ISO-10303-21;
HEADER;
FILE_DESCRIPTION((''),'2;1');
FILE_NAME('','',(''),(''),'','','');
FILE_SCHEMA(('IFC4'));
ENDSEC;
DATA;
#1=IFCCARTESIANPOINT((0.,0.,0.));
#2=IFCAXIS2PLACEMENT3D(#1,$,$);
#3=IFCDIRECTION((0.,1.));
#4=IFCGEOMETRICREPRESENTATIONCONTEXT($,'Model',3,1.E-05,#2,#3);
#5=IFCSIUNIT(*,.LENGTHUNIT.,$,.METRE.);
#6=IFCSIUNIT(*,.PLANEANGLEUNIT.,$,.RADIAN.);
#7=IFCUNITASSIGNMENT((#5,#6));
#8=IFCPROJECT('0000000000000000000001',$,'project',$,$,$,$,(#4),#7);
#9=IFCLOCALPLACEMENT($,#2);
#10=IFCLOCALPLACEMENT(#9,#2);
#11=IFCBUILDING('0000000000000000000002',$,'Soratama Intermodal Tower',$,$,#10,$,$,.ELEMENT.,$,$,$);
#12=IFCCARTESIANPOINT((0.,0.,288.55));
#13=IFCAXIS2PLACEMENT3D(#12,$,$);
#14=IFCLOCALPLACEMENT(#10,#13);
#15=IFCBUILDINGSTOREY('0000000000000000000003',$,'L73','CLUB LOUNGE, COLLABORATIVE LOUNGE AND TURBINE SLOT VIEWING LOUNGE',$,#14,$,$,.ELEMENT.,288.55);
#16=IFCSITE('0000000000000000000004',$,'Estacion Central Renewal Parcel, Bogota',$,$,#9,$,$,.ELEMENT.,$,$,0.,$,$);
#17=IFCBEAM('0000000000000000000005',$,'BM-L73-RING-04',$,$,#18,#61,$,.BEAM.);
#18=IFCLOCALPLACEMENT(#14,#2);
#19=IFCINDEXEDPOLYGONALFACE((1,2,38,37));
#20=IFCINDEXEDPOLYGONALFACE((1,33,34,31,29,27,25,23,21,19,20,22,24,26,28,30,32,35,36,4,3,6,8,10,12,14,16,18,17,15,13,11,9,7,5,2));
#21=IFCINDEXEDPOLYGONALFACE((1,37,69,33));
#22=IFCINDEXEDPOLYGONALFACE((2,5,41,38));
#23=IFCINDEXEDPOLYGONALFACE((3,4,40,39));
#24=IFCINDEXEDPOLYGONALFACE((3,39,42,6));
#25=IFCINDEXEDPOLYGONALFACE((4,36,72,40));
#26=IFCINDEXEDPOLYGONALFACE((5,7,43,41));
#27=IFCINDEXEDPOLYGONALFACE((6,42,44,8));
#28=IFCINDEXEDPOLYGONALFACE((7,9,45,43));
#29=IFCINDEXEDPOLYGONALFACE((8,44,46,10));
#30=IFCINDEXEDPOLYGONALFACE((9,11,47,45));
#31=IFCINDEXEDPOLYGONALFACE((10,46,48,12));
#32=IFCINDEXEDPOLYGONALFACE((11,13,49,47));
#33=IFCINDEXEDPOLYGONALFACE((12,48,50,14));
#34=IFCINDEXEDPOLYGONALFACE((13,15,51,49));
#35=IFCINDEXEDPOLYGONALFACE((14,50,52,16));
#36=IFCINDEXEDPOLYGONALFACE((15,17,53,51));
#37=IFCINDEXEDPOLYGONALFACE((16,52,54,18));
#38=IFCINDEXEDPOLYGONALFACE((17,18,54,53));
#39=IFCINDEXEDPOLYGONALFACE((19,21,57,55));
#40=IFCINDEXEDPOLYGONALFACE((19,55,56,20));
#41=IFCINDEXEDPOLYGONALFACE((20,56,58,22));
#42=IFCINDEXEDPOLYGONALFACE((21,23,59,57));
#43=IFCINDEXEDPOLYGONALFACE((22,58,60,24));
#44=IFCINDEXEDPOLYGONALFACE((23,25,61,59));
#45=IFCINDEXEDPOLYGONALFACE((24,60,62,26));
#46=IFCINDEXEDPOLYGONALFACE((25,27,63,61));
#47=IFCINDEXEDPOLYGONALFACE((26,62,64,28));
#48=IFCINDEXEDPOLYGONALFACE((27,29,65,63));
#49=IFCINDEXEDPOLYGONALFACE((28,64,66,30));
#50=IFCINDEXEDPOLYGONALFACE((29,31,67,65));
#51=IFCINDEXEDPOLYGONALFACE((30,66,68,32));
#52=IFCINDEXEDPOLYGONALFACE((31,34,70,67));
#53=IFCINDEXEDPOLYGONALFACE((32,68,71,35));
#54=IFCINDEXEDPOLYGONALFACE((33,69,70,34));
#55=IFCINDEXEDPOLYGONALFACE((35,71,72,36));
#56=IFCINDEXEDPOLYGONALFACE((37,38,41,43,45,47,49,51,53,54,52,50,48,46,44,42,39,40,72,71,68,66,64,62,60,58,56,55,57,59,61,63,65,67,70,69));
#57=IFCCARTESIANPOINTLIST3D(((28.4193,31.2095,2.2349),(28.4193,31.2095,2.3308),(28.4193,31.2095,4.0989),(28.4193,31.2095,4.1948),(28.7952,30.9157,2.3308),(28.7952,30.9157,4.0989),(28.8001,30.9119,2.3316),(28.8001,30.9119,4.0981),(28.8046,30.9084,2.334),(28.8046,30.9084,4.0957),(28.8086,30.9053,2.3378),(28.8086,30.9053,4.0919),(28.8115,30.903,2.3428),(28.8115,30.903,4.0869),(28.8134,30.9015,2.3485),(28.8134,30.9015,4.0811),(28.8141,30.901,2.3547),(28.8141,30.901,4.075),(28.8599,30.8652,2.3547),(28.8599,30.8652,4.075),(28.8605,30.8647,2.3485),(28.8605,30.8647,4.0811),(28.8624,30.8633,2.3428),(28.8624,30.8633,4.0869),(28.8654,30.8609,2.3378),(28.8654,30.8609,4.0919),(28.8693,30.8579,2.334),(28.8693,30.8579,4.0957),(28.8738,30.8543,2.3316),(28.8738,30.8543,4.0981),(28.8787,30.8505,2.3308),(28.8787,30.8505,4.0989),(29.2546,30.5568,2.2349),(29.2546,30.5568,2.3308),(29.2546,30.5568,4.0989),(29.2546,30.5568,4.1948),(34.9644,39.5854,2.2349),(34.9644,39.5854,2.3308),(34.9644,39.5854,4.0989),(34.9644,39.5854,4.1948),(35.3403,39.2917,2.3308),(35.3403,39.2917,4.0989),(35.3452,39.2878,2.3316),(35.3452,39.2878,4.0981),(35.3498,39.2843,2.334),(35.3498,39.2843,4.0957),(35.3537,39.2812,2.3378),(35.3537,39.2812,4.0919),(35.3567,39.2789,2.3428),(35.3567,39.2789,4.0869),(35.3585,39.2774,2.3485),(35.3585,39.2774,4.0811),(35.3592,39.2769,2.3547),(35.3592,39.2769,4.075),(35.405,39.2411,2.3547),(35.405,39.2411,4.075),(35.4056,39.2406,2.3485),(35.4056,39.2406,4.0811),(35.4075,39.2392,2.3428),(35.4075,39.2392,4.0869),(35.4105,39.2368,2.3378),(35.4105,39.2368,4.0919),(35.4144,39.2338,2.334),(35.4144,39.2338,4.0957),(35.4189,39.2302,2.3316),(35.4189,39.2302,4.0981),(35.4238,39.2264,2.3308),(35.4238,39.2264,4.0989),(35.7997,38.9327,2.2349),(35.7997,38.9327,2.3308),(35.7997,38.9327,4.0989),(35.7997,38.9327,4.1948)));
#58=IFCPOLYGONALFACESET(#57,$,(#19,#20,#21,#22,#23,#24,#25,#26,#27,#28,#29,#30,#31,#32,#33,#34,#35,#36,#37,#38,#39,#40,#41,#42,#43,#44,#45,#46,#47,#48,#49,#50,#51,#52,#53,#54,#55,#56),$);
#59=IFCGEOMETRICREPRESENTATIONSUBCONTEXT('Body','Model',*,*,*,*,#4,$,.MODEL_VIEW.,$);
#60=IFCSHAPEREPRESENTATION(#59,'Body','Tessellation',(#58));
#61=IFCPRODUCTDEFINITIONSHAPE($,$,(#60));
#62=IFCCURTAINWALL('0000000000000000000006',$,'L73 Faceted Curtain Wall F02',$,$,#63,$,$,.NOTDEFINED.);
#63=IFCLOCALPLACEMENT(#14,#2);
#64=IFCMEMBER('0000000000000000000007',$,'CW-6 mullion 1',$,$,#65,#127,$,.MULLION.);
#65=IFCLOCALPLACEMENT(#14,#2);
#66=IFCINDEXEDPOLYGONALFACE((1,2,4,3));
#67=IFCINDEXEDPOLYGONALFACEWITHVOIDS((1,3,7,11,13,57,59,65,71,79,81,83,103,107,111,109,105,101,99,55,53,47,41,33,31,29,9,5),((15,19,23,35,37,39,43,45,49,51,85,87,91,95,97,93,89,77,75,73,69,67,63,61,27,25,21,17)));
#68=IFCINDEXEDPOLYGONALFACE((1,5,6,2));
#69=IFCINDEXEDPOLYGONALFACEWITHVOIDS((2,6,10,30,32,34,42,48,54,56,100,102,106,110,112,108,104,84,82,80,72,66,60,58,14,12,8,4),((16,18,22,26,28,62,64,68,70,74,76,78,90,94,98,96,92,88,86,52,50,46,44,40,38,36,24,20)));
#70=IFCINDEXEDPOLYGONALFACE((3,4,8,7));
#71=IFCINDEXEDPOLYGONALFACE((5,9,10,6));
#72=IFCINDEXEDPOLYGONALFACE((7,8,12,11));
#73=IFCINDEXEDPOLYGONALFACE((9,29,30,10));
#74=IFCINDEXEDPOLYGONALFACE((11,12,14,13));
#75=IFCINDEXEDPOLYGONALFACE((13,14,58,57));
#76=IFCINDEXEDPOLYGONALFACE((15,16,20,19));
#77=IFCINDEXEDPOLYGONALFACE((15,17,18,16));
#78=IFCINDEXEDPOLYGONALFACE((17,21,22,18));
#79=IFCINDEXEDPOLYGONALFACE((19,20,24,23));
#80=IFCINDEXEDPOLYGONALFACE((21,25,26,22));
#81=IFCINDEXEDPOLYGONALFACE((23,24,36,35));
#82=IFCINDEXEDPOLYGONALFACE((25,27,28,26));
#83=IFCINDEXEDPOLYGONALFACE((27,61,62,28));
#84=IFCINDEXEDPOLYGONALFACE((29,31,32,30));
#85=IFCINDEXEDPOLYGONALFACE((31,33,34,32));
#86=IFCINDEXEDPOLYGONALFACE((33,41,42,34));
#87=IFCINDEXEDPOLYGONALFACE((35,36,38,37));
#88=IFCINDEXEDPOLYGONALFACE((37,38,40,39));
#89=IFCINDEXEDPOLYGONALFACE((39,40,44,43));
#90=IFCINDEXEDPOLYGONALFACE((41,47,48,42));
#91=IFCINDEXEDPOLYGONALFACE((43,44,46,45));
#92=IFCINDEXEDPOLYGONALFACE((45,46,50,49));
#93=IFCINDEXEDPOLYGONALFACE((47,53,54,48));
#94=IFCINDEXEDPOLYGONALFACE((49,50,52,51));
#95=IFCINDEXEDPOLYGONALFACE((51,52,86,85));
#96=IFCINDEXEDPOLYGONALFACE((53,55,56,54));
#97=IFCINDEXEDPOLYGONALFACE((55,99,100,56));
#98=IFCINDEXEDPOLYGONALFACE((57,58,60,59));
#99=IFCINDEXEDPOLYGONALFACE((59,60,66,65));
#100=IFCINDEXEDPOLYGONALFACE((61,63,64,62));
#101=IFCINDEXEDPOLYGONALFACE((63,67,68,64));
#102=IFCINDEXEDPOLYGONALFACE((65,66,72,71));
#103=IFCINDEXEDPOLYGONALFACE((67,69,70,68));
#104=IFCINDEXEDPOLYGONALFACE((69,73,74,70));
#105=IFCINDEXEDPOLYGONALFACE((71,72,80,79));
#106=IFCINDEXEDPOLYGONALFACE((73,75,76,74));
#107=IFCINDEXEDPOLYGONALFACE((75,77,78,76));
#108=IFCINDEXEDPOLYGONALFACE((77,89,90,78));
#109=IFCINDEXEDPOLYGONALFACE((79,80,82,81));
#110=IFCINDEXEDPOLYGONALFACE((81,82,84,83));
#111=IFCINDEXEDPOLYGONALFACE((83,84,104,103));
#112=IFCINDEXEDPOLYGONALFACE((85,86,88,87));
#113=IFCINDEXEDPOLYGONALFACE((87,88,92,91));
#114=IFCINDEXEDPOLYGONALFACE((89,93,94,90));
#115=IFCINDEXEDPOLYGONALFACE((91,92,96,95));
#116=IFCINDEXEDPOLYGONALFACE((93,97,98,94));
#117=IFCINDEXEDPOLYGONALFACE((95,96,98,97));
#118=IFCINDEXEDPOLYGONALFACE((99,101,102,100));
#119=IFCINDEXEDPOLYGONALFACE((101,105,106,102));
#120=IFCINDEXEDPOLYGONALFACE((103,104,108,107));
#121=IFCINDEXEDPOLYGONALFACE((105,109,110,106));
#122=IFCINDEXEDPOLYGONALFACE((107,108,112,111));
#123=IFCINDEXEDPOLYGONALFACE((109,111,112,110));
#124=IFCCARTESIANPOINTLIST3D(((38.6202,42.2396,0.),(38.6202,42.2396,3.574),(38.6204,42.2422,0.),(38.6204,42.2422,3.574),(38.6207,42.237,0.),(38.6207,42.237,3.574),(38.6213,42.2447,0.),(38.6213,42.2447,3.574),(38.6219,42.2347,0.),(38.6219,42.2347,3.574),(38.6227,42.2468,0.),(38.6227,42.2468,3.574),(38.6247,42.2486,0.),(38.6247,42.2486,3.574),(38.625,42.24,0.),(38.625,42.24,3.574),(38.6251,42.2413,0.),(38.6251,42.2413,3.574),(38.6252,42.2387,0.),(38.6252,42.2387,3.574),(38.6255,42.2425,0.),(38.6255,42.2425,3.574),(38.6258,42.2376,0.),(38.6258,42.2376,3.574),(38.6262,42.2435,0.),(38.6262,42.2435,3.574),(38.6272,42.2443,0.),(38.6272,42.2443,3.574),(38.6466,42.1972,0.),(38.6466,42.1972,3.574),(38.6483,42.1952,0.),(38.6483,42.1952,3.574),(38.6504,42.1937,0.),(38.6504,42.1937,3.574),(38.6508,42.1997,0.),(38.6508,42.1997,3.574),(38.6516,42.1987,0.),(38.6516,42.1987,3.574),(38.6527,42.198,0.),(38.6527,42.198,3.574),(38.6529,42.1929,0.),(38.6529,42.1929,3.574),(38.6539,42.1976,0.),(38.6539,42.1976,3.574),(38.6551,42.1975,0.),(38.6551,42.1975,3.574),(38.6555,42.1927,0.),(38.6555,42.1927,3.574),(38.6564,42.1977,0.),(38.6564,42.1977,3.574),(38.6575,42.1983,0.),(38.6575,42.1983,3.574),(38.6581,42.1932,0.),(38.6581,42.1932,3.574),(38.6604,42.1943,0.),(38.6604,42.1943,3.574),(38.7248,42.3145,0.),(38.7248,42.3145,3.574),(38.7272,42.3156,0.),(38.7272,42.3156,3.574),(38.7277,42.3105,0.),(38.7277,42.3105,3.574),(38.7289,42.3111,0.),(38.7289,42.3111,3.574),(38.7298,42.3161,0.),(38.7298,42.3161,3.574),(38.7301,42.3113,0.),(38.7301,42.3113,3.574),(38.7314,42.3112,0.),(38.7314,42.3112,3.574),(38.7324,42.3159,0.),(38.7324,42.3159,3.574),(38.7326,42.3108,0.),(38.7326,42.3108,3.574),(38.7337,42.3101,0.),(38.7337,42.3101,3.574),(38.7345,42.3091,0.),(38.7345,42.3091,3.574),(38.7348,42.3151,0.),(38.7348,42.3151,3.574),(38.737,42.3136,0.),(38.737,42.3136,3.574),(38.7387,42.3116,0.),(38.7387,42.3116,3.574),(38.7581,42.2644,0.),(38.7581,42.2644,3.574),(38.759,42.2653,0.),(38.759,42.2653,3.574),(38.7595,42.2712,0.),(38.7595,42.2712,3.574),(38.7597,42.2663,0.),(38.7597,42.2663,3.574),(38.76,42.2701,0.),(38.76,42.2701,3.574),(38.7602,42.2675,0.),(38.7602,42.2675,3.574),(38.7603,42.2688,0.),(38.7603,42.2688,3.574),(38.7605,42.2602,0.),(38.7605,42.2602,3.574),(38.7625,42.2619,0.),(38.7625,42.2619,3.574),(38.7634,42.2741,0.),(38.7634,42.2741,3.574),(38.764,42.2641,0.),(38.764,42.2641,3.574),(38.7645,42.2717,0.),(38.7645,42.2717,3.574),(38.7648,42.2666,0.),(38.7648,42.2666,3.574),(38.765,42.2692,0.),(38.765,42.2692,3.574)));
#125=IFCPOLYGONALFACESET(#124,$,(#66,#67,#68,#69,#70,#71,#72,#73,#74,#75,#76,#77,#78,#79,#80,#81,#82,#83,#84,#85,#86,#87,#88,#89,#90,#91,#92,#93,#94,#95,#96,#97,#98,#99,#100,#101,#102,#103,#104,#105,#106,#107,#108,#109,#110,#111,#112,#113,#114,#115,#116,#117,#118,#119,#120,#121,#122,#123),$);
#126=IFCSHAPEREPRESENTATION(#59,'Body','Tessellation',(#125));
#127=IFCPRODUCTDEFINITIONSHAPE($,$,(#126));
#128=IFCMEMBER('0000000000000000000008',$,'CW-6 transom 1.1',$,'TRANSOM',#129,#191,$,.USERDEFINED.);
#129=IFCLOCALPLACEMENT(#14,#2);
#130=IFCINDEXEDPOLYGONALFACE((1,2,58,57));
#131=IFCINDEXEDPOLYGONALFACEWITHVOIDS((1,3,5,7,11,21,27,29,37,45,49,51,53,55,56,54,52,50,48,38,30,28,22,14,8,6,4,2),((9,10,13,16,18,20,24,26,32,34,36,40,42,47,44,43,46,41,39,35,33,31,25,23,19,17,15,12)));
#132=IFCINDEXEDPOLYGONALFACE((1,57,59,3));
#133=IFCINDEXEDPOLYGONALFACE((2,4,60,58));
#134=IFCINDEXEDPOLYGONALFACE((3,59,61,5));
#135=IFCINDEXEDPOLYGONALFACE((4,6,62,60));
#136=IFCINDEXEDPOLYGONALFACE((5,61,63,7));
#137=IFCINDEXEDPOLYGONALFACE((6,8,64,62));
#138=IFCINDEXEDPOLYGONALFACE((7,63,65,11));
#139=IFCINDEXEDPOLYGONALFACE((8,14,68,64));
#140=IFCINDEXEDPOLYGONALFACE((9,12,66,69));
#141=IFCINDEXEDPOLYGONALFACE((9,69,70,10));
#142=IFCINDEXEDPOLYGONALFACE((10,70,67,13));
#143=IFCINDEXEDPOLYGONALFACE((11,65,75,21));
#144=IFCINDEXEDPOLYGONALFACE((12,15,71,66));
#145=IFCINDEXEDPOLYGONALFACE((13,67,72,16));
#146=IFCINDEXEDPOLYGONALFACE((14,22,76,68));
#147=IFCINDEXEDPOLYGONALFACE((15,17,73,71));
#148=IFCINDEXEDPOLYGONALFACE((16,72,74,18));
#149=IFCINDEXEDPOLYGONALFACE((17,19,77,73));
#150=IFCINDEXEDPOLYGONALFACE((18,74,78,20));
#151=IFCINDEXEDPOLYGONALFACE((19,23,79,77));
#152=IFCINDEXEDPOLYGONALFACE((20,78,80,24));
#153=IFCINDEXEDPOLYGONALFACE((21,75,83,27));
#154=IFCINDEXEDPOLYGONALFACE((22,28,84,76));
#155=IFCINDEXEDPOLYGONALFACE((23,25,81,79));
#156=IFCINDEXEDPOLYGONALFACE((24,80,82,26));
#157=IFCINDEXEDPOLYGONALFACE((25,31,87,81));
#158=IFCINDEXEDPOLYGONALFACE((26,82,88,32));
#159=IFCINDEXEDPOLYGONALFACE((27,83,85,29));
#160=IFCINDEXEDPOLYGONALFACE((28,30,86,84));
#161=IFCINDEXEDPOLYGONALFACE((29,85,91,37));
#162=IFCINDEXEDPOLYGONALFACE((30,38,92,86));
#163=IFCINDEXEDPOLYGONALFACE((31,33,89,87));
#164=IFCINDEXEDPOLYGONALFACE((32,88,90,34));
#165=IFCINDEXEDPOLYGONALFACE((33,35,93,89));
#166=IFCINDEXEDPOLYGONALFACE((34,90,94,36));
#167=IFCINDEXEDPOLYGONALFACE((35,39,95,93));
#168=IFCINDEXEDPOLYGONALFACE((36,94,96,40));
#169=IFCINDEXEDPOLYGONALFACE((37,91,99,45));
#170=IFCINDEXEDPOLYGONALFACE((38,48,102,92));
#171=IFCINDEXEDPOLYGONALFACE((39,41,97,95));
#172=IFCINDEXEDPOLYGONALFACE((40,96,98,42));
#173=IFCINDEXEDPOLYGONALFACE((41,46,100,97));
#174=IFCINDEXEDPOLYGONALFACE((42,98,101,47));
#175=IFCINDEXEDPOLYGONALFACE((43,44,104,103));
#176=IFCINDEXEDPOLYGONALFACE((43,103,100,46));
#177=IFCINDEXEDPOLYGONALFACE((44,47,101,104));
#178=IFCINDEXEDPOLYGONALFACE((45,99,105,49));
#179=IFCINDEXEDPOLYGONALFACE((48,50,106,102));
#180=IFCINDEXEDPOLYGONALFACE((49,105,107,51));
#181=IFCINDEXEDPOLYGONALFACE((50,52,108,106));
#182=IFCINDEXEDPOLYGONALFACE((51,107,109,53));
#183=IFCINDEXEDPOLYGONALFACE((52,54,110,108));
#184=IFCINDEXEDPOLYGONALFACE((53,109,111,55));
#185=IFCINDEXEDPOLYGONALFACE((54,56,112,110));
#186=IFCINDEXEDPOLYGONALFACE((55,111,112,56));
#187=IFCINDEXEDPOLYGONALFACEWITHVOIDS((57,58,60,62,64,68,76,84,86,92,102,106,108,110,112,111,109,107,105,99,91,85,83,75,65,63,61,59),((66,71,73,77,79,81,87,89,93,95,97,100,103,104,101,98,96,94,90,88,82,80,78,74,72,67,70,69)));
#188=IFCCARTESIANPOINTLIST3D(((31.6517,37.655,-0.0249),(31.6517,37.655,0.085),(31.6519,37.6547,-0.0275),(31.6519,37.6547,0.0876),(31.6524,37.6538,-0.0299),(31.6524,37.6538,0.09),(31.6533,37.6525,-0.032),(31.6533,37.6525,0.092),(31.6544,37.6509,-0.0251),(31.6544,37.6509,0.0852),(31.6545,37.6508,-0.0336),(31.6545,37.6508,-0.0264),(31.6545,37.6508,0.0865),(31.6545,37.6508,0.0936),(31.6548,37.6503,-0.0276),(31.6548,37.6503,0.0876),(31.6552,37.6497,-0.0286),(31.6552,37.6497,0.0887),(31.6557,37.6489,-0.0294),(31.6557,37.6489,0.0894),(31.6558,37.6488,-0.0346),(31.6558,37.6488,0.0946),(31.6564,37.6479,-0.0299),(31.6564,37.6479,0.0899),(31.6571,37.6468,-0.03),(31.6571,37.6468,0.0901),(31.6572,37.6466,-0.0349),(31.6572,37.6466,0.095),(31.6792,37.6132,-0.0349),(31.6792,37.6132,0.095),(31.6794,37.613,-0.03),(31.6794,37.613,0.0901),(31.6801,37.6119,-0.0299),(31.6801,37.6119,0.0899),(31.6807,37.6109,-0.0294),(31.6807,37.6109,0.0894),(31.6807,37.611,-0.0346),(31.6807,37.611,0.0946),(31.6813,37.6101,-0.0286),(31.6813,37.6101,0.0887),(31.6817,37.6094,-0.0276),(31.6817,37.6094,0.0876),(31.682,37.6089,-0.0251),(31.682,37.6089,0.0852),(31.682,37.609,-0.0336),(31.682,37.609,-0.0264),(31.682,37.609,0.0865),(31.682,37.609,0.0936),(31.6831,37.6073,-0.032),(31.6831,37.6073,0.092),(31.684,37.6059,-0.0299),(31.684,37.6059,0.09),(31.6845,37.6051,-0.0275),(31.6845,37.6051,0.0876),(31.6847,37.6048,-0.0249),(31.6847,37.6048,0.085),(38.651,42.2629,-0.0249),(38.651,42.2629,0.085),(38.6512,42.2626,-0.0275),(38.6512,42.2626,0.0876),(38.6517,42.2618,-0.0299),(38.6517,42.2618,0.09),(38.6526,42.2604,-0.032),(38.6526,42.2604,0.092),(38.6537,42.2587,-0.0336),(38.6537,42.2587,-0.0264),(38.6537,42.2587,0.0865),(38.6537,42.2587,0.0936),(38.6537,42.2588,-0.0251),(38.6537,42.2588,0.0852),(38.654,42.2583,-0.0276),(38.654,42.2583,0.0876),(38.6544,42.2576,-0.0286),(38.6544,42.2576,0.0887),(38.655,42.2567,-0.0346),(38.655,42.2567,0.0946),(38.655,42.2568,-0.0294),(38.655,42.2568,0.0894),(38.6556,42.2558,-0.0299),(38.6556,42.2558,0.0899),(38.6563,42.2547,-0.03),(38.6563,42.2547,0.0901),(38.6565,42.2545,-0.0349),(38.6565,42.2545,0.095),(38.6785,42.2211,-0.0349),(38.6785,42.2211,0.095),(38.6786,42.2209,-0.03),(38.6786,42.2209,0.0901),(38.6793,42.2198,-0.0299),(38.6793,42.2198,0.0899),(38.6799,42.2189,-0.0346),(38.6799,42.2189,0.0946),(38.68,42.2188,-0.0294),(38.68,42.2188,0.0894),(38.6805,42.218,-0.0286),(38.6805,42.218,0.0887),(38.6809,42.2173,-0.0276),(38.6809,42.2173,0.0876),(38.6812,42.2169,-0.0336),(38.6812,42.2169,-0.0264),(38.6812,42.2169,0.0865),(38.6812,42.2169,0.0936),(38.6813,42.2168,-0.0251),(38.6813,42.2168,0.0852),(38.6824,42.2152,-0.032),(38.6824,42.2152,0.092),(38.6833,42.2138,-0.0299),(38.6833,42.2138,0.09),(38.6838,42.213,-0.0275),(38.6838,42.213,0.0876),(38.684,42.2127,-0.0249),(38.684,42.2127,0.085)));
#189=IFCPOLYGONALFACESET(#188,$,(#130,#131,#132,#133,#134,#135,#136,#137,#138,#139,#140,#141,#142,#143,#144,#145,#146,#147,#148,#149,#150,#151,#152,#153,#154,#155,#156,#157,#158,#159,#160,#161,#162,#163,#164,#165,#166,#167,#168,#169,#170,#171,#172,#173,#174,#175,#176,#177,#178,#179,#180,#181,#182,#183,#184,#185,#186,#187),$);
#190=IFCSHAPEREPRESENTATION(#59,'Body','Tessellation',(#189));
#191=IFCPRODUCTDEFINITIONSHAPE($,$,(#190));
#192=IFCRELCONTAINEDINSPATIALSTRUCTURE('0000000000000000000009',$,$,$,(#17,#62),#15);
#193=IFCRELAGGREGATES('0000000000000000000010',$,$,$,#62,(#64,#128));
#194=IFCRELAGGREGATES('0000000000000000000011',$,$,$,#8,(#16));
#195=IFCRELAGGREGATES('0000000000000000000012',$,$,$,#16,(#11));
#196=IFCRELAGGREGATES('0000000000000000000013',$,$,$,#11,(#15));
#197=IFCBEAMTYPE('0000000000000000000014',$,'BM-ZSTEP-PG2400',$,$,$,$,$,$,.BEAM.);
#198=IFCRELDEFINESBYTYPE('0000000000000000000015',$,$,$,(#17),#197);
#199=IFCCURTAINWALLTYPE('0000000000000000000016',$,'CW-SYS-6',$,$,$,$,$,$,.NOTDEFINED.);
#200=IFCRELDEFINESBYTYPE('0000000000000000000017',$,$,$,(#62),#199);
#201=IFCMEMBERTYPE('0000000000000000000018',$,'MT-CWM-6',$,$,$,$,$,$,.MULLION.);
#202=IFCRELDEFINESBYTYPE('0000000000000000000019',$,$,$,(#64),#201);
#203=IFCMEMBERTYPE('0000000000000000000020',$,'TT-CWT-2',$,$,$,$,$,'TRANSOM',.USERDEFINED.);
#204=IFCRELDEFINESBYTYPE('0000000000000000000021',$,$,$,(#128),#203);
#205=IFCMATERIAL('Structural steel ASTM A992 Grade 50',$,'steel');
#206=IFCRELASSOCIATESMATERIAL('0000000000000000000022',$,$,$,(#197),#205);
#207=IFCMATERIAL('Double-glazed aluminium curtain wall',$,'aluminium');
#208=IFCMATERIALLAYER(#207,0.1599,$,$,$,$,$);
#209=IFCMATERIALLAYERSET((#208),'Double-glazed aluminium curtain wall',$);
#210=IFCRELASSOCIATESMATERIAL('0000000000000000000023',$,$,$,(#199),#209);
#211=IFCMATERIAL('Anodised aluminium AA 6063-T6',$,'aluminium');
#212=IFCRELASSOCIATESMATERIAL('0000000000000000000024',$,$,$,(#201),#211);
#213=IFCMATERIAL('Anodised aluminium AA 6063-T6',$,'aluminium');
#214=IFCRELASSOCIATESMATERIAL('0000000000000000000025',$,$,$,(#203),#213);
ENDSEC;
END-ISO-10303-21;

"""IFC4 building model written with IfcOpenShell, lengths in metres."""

from ifc_helpers import new_model, si_unit, direction, frame, origin, origin_2d, place, context, subcontext, project, spatial, hollow_rectangle, i_section, extrude, material, layer, layer_set, material_profile, profile_set, type_object, element, aggregate, save


model = new_model("IFC4")

# Units and contexts
model_context = context("Model", 3, precision=1e-05, world=origin(), true_north=direction((0.0, 1.0)))
body_context = subcontext(model_context, "Body", "Model", "MODEL_VIEW")
ifc_project = project(units=[si_unit("LENGTHUNIT", "METRE"), si_unit("PLANEANGLEUNIT", "RADIAN")], contexts=[model_context])

# Site, building, storey
site_placement = place(None, origin())
site = spatial("IfcSite", under=ifc_project, at=site_placement, Name="Estacion Central Renewal Parcel, Bogota", CompositionType="ELEMENT", RefElevation=0.0)
building_placement = place(site_placement, origin())
building = spatial("IfcBuilding", under=site, at=building_placement, Name="Soratama Intermodal Tower", CompositionType="ELEMENT")
storey_placement = place(building_placement, frame((0.0, 0.0, 288.55)))
storey = spatial("IfcBuildingStorey", under=building, at=storey_placement, Name="L73", Description="CLUB LOUNGE, COLLABORATIVE LOUNGE AND TURBINE SLOT VIEWING LOUNGE", CompositionType="ELEMENT", Elevation=288.55)

# Beam
ifc_material_1 = material(Name="Structural steel ASTM A992 Grade 50", Category="steel")
ifc_material_profile_1 = material_profile(ifc_material_1, i_section(OverallWidth=1.0601, OverallDepth=1.96, WebThickness=0.0581, FlangeThickness=0.0959, FilletRadius=0.0239, at=origin_2d()), Name="PG2400X900")
ifc_profile_set_1 = profile_set([ifc_material_profile_1], Name="Structural steel ASTM A992 Grade 50")
beam_type_1 = type_object("IfcBeamType", Name="BM-ZSTEP-PG2400", PredefinedType="BEAM", material=ifc_profile_set_1)
beam_1_placement = place(storey_placement, frame((35.3821, 39.259, 3.2148), z_axis=(-0.615728, -0.787959, 0.0), x_axis=(0.787959, -0.615728, 0.0)))
element("IfcBeam", 1, at=beam_1_placement, inside=storey, type_object=beam_type_1, Name="BM-L73-RING-04", PredefinedType="BEAM", context=body_context, shape_type="SweptSolid", body=[
    extrude(i_section(OverallWidth=1.0601, OverallDepth=1.96, WebThickness=0.0581, FlangeThickness=0.0959, FilletRadius=0.0239, at=origin_2d()), origin(), (0.0, 0.0, 1.0), 10.6299),
])

# Curtain wall, members
ifc_material_2 = material(Name="Double-glazed aluminium curtain wall", Category="aluminium")
ifc_layer_1 = layer(ifc_material_2, 0.1599)
ifc_layer_set_1 = layer_set([ifc_layer_1], Name="Double-glazed aluminium curtain wall")
curtain_wall_type = type_object("IfcCurtainWallType", Name="CW-SYS-6", PredefinedType="NOTDEFINED", material=ifc_layer_set_1)
curtain_wall_placement = place(storey_placement, origin())
curtain_wall = element("IfcCurtainWall", 2, at=curtain_wall_placement, inside=storey, type_object=curtain_wall_type, Name="L73 Faceted Curtain Wall F02", PredefinedType="NOTDEFINED")
ifc_material_3 = material(Name="Anodised aluminium AA 6063-T6", Category="aluminium")
ifc_material_profile_2 = material_profile(ifc_material_3, hollow_rectangle(XDim=0.0649, YDim=0.1399, WallThickness=0.0049, InnerFilletRadius=0.0049, OuterFilletRadius=0.01, at=origin_2d()), Name="CWM140X65X5")
ifc_profile_set_2 = profile_set([ifc_material_profile_2], Name="Anodised aluminium AA 6063-T6")
member_type_1 = type_object("IfcMemberType", Name="MT-CWM-6", PredefinedType="MULLION", material=ifc_profile_set_2)
member_1_placement = place(storey_placement, frame((38.6926, 42.2544, 0.0), z_axis=(0.0, 0.0, 1.0), x_axis=(0.549891, -0.835236, 0.0)))
member_1 = element("IfcMember", 3, at=member_1_placement, type_object=member_type_1, Name="CW-6 mullion 1", PredefinedType="MULLION", context=body_context, shape_type="SweptSolid", body=[
    extrude(hollow_rectangle(XDim=0.0649, YDim=0.1399, WallThickness=0.0049, InnerFilletRadius=0.0049, OuterFilletRadius=0.01, at=origin_2d()), origin(), (0.0, 0.0, 1.0), 3.574),
])
ifc_material_4 = material(Name="Anodised aluminium AA 6063-T6", Category="aluminium")
ifc_material_profile_3 = material_profile(ifc_material_4, hollow_rectangle(XDim=0.0601, YDim=0.1299, WallThickness=0.0049, InnerFilletRadius=0.0049, OuterFilletRadius=0.01, at=origin_2d()), Name="CWT130X60X5")
ifc_profile_set_3 = profile_set([ifc_material_profile_3], Name="Anodised aluminium AA 6063-T6")
member_type_2 = type_object("IfcMemberType", Name="TT-CWT-2", ElementType="TRANSOM", PredefinedType="USERDEFINED", material=ifc_profile_set_3)
member_2_placement = place(storey_placement, frame((38.6675, 42.2378, 0.03), z_axis=(-0.835246, -0.549877, 0.0), x_axis=(0.549877, -0.835246, 0.0)))
member_2 = element("IfcMember", 4, at=member_2_placement, type_object=member_type_2, Name="CW-6 transom 1.1", ObjectType="TRANSOM", PredefinedType="USERDEFINED", context=body_context, shape_type="SweptSolid", body=[
    extrude(hollow_rectangle(XDim=0.0601, YDim=0.1299, WallThickness=0.0049, InnerFilletRadius=0.0049, OuterFilletRadius=0.01, at=origin_2d()), origin(), (0.0, 0.0, 1.0), 8.3799),
])
aggregate(curtain_wall, [member_1, member_2])

save(model, "model.ifc")
